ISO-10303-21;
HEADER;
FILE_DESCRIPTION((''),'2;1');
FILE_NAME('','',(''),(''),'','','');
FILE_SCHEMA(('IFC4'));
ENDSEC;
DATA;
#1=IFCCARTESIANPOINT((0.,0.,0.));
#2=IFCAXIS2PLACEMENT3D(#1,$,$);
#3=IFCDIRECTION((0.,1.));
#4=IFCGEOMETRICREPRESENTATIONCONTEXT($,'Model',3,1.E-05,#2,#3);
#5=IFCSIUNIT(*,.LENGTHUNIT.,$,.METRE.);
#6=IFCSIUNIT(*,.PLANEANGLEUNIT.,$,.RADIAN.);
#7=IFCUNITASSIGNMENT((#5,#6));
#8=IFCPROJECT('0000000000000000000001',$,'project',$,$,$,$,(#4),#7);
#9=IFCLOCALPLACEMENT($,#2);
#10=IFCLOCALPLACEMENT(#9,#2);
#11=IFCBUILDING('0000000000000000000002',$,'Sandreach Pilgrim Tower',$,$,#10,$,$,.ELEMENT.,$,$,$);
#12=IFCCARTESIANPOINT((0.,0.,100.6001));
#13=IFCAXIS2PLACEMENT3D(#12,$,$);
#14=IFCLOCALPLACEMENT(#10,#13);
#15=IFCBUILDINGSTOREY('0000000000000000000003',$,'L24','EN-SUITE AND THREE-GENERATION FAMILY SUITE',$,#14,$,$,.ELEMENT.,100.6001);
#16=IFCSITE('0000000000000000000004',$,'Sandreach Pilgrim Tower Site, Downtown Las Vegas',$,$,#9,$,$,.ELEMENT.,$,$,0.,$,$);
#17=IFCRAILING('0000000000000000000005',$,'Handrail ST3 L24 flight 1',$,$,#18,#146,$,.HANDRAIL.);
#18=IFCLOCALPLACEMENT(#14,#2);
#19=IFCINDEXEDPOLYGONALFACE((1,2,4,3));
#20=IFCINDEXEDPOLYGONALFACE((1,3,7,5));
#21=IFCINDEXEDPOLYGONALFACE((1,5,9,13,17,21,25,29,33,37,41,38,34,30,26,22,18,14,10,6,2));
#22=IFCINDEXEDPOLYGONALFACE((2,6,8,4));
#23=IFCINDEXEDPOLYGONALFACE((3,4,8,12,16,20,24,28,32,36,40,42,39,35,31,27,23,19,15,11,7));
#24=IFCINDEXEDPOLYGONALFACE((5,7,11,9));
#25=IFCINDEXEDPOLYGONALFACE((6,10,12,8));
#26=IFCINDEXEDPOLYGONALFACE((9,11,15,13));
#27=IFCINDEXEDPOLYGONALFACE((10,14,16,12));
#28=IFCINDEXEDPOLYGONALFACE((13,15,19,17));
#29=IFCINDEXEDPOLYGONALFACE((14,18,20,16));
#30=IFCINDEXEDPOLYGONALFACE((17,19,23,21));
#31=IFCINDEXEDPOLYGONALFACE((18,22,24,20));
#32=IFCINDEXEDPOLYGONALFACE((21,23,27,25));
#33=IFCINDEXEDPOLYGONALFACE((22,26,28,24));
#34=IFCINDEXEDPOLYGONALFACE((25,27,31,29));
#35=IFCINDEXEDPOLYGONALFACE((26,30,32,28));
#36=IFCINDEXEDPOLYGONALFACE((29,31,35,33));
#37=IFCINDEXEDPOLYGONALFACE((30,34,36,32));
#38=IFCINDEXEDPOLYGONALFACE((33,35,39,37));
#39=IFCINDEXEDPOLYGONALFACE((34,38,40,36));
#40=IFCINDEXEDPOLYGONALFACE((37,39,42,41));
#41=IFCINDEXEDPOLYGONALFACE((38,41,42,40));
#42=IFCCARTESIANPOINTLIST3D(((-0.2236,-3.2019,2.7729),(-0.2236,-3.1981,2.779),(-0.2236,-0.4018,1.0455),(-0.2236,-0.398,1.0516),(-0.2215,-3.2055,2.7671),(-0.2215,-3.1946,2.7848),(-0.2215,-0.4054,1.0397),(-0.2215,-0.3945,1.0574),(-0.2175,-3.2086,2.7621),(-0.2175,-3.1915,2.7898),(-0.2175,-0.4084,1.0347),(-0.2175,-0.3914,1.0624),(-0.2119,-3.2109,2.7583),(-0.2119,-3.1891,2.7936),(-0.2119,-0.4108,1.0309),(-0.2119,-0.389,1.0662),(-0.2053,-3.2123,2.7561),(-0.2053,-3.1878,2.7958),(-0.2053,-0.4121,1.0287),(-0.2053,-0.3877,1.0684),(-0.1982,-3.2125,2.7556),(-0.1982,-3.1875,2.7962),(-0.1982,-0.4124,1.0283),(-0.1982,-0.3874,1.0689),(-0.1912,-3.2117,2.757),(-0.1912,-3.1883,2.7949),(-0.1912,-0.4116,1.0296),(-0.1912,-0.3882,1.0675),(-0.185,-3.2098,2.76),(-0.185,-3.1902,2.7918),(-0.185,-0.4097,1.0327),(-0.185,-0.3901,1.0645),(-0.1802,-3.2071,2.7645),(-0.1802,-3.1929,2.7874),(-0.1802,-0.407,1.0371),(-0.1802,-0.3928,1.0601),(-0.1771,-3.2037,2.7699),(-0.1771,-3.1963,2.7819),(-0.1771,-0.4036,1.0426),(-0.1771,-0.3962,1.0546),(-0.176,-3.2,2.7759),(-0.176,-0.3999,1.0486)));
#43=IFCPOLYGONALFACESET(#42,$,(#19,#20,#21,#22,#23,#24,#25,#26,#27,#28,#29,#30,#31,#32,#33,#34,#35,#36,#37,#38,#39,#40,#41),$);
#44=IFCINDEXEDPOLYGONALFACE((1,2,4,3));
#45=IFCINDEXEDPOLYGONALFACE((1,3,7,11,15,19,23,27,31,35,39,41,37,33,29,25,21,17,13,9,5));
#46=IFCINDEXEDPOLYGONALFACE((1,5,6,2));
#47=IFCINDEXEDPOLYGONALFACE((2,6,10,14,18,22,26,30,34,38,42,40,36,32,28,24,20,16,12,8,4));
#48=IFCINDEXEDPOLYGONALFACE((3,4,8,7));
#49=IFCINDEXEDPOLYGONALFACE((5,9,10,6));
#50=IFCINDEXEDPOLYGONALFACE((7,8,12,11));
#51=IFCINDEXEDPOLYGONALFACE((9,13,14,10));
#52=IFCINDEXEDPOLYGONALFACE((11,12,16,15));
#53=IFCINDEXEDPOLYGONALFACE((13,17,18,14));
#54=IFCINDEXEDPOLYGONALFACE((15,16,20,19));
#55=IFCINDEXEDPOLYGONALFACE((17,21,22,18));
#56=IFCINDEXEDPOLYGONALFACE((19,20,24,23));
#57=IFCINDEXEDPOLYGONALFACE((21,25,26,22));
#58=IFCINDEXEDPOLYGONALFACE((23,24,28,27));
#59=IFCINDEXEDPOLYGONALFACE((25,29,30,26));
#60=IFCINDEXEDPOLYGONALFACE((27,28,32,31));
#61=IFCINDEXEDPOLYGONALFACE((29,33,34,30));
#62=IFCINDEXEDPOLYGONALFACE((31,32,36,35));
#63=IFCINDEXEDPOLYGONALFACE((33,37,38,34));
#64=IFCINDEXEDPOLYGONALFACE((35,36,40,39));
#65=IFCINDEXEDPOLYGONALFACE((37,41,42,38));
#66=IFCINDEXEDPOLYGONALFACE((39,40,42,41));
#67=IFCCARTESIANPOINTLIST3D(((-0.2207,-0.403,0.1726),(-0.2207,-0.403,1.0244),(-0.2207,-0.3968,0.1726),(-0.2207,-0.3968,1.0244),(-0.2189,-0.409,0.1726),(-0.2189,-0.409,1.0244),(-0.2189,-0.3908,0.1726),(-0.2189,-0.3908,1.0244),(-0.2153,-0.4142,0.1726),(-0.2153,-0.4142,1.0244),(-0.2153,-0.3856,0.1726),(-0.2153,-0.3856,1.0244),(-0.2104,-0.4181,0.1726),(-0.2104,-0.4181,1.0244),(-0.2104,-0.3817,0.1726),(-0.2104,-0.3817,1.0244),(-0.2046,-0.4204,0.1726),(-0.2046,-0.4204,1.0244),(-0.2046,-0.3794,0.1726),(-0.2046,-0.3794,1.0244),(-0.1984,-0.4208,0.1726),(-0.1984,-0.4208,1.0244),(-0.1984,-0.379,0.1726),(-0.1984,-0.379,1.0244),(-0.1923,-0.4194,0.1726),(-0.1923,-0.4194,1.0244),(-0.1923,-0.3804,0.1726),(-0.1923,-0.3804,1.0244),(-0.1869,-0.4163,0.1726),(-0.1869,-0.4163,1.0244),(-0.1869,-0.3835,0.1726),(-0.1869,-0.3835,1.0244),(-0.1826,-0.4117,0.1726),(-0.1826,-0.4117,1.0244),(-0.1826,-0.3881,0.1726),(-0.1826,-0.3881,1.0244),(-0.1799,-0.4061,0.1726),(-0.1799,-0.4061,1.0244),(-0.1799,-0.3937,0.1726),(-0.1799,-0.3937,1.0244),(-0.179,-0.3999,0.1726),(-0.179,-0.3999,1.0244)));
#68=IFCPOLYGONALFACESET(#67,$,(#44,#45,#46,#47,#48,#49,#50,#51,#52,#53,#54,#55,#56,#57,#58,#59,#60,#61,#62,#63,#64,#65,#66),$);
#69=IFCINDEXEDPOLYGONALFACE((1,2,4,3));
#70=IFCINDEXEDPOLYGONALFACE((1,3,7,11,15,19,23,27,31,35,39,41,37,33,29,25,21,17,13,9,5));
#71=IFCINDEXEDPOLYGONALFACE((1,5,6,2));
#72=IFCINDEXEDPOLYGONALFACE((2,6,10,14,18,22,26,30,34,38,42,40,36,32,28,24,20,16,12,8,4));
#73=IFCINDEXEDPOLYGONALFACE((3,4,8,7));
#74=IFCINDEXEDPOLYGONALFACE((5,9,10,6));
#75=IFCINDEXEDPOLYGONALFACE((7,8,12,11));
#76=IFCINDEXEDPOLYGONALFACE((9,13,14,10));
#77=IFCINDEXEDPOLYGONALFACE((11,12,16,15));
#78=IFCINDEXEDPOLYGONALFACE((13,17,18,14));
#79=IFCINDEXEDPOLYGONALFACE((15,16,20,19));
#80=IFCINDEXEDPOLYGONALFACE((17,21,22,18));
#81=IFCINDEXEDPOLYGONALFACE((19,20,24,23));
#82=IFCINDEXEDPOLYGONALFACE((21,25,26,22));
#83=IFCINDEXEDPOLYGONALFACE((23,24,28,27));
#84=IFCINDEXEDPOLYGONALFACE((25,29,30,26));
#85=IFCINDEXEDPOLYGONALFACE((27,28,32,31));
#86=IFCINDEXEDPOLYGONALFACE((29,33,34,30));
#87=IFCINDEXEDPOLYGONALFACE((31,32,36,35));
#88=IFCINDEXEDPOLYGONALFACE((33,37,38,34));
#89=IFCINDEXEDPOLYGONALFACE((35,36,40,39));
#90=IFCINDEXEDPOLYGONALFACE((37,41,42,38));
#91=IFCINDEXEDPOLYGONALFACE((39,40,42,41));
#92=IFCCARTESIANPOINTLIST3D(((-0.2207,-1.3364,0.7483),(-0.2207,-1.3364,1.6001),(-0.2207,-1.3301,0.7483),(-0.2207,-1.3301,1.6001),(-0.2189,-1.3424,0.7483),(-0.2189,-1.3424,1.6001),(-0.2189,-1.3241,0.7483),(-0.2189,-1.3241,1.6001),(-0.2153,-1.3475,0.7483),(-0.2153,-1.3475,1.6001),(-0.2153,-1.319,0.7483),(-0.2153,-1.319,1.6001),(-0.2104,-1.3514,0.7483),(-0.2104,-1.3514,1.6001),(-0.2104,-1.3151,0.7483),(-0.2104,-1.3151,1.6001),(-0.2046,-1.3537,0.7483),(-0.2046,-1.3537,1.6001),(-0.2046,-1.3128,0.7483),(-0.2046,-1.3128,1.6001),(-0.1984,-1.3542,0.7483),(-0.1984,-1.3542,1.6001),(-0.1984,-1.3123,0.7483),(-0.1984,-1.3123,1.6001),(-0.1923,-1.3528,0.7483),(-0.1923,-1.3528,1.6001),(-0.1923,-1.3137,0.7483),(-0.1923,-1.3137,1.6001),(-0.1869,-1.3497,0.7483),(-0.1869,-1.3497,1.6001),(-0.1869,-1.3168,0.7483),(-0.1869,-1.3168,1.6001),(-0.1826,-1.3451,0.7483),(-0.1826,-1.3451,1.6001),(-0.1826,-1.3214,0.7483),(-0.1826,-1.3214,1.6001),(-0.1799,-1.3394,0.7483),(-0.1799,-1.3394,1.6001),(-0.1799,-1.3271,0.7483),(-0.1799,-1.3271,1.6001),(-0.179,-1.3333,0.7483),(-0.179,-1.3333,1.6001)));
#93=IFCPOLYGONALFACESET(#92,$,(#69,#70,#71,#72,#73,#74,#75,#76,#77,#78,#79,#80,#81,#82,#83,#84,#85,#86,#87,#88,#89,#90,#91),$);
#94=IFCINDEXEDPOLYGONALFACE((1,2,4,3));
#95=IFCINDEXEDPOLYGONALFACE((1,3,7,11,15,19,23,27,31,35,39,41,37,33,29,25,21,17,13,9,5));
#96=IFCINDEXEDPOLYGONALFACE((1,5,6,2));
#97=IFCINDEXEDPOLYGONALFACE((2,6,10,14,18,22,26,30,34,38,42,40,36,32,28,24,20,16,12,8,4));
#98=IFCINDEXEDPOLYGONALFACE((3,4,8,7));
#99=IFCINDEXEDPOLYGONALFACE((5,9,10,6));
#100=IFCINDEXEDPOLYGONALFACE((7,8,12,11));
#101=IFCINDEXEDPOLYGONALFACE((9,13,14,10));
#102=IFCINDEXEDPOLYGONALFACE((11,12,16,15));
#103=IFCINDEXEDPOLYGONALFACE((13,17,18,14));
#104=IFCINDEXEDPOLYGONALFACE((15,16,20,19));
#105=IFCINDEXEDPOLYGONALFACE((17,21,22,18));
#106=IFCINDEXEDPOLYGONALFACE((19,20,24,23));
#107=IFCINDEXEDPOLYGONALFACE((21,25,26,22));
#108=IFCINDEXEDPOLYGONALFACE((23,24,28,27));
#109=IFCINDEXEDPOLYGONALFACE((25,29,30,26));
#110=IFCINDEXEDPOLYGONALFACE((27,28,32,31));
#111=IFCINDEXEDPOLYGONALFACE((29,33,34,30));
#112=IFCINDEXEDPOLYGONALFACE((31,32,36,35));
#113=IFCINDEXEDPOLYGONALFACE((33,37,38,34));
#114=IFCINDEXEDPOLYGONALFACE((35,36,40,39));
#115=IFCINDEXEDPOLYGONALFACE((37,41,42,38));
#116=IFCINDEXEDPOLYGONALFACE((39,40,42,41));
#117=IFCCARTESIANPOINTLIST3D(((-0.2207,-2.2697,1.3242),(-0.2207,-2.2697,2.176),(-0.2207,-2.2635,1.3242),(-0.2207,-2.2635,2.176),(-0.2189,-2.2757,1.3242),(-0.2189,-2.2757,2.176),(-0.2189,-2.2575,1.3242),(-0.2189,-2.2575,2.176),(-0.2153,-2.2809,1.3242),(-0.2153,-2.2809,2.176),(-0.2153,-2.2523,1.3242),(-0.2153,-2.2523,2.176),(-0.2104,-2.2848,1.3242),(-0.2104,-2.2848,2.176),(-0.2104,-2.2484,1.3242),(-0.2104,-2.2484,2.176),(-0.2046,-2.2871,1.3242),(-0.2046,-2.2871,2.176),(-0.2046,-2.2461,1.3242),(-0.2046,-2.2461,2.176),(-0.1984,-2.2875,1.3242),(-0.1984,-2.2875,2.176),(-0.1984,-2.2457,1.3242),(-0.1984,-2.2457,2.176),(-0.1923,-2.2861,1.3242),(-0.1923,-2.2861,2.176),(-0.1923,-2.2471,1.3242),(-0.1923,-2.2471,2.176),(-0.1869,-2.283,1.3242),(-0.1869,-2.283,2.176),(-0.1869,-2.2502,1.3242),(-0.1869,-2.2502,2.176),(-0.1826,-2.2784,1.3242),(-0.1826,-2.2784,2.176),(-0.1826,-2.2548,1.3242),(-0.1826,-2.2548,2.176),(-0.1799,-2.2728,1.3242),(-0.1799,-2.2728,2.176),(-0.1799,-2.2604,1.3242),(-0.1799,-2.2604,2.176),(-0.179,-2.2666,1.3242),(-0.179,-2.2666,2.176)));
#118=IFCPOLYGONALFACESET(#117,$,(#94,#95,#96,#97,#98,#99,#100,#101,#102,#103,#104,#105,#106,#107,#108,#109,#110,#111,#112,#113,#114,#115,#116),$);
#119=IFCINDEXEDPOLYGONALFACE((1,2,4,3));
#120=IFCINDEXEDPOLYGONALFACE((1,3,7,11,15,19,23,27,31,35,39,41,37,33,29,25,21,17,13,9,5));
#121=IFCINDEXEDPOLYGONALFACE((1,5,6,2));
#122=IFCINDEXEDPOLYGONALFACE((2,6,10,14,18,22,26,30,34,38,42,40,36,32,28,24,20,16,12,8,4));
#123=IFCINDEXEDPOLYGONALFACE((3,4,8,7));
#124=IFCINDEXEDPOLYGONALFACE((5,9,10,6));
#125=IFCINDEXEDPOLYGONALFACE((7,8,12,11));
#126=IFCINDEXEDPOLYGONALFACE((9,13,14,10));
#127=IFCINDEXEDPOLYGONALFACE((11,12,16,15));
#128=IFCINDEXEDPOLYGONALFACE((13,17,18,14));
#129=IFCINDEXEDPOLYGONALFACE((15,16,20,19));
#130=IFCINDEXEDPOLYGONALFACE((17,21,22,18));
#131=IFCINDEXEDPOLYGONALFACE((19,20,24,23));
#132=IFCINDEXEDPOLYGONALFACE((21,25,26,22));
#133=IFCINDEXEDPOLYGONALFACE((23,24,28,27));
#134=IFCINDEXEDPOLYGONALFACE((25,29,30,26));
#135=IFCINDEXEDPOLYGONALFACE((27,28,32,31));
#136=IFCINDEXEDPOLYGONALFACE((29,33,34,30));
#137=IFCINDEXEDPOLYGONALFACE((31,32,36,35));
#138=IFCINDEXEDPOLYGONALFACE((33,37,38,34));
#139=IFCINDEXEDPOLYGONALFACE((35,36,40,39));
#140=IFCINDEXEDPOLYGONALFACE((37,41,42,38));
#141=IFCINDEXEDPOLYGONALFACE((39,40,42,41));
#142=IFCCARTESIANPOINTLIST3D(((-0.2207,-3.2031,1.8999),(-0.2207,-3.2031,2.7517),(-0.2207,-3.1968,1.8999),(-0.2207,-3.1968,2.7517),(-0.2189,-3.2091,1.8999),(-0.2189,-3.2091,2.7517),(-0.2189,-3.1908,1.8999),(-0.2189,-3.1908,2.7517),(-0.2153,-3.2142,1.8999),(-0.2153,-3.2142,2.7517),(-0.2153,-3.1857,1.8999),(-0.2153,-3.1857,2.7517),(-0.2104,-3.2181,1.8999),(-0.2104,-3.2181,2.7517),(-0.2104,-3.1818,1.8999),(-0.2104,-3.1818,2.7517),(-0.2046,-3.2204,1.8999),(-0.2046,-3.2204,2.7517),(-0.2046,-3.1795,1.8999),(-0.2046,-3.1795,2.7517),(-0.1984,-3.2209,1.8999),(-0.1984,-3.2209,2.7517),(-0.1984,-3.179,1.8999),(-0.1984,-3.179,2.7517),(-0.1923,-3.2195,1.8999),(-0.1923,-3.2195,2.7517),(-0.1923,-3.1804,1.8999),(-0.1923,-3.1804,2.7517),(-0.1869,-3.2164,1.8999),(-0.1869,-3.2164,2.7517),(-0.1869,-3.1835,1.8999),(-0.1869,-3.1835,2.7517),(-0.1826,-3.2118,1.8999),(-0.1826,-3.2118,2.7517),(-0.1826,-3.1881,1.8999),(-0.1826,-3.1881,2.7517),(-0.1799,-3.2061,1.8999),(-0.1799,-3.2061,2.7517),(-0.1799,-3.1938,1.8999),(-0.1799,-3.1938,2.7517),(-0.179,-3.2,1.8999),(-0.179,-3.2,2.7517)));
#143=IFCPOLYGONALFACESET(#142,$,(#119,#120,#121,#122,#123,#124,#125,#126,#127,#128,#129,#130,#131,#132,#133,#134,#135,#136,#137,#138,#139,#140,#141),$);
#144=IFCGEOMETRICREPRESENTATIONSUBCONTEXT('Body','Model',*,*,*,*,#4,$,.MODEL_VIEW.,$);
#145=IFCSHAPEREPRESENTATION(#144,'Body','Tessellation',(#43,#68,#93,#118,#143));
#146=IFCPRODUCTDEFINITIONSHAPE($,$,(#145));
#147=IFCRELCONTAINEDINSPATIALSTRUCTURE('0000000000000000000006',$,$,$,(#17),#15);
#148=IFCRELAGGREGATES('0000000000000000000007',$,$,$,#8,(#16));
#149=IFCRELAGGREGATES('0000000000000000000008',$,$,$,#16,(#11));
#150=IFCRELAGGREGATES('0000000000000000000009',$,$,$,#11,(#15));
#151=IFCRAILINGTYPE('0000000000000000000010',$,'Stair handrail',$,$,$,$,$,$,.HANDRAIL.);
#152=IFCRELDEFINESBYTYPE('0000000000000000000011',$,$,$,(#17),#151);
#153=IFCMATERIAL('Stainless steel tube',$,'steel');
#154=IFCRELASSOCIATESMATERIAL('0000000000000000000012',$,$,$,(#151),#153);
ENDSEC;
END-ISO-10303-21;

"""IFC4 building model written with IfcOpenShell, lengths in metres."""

from ifc_helpers import new_model, si_unit, direction, frame, origin, origin_2d, place, context, subcontext, project, spatial, circle, extrude, material, type_object, element, save


model = new_model("IFC4")

# Units and contexts
model_context = context("Model", 3, precision=1e-05, world=origin(), true_north=direction((0.0, 1.0)))
body_context = subcontext(model_context, "Body", "Model", "MODEL_VIEW")
ifc_project = project(units=[si_unit("LENGTHUNIT", "METRE"), si_unit("PLANEANGLEUNIT", "RADIAN")], contexts=[model_context])

# Site, building, storey
site_placement = place(None, origin())
site = spatial("IfcSite", under=ifc_project, at=site_placement, Name="Sandreach Pilgrim Tower Site, Downtown Las Vegas", CompositionType="ELEMENT", RefElevation=0.0)
building_placement = place(site_placement, origin())
building = spatial("IfcBuilding", under=site, at=building_placement, Name="Sandreach Pilgrim Tower", CompositionType="ELEMENT")
storey_placement = place(building_placement, frame((0.0, 0.0, 100.6001)))
storey = spatial("IfcBuildingStorey", under=building, at=storey_placement, Name="L24", Description="EN-SUITE AND THREE-GENERATION FAMILY SUITE", CompositionType="ELEMENT", Elevation=100.6001)

# Railing
ifc_material_1 = material(Name="Stainless steel tube", Category="steel")
railing_type = type_object("IfcRailingType", Name="Stair handrail", PredefinedType="HANDRAIL", material=ifc_material_1)
for number, where, name in (
    (1, (-0.2, -0.3999, 0.1726), "Handrail ST3 L24 flight 1"),
):
    element("IfcRailing", number, at=place(storey_placement, frame(where)), inside=storey, type_object=railing_type, Name=name, PredefinedType="HANDRAIL", context=body_context, shape_type="SweptSolid", body=[
        extrude(circle(Radius=0.0239, at=origin_2d()), frame((0.0, 0.0, 0.876), z_axis=(0.0, -0.85109, 0.52502), x_axis=(1.0, 0.0, 0.0)), (0.0, 0.0, 1.0), 3.29),
        extrude(circle(Radius=0.021, at=origin_2d()), origin(), (0.0, 0.0, 1.0), 0.8518),
        extrude(circle(Radius=0.021, at=origin_2d()), frame((0.0, -0.9333, 0.5757)), (0.0, 0.0, 1.0), 0.8518),
        extrude(circle(Radius=0.021, at=origin_2d()), frame((0.0, -1.8667, 1.1516)), (0.0, 0.0, 1.0), 0.8518),
        extrude(circle(Radius=0.021, at=origin_2d()), frame((0.0, -2.8, 1.7273)), (0.0, 0.0, 1.0), 0.8518),
    ])

save(model, "model.ifc")
